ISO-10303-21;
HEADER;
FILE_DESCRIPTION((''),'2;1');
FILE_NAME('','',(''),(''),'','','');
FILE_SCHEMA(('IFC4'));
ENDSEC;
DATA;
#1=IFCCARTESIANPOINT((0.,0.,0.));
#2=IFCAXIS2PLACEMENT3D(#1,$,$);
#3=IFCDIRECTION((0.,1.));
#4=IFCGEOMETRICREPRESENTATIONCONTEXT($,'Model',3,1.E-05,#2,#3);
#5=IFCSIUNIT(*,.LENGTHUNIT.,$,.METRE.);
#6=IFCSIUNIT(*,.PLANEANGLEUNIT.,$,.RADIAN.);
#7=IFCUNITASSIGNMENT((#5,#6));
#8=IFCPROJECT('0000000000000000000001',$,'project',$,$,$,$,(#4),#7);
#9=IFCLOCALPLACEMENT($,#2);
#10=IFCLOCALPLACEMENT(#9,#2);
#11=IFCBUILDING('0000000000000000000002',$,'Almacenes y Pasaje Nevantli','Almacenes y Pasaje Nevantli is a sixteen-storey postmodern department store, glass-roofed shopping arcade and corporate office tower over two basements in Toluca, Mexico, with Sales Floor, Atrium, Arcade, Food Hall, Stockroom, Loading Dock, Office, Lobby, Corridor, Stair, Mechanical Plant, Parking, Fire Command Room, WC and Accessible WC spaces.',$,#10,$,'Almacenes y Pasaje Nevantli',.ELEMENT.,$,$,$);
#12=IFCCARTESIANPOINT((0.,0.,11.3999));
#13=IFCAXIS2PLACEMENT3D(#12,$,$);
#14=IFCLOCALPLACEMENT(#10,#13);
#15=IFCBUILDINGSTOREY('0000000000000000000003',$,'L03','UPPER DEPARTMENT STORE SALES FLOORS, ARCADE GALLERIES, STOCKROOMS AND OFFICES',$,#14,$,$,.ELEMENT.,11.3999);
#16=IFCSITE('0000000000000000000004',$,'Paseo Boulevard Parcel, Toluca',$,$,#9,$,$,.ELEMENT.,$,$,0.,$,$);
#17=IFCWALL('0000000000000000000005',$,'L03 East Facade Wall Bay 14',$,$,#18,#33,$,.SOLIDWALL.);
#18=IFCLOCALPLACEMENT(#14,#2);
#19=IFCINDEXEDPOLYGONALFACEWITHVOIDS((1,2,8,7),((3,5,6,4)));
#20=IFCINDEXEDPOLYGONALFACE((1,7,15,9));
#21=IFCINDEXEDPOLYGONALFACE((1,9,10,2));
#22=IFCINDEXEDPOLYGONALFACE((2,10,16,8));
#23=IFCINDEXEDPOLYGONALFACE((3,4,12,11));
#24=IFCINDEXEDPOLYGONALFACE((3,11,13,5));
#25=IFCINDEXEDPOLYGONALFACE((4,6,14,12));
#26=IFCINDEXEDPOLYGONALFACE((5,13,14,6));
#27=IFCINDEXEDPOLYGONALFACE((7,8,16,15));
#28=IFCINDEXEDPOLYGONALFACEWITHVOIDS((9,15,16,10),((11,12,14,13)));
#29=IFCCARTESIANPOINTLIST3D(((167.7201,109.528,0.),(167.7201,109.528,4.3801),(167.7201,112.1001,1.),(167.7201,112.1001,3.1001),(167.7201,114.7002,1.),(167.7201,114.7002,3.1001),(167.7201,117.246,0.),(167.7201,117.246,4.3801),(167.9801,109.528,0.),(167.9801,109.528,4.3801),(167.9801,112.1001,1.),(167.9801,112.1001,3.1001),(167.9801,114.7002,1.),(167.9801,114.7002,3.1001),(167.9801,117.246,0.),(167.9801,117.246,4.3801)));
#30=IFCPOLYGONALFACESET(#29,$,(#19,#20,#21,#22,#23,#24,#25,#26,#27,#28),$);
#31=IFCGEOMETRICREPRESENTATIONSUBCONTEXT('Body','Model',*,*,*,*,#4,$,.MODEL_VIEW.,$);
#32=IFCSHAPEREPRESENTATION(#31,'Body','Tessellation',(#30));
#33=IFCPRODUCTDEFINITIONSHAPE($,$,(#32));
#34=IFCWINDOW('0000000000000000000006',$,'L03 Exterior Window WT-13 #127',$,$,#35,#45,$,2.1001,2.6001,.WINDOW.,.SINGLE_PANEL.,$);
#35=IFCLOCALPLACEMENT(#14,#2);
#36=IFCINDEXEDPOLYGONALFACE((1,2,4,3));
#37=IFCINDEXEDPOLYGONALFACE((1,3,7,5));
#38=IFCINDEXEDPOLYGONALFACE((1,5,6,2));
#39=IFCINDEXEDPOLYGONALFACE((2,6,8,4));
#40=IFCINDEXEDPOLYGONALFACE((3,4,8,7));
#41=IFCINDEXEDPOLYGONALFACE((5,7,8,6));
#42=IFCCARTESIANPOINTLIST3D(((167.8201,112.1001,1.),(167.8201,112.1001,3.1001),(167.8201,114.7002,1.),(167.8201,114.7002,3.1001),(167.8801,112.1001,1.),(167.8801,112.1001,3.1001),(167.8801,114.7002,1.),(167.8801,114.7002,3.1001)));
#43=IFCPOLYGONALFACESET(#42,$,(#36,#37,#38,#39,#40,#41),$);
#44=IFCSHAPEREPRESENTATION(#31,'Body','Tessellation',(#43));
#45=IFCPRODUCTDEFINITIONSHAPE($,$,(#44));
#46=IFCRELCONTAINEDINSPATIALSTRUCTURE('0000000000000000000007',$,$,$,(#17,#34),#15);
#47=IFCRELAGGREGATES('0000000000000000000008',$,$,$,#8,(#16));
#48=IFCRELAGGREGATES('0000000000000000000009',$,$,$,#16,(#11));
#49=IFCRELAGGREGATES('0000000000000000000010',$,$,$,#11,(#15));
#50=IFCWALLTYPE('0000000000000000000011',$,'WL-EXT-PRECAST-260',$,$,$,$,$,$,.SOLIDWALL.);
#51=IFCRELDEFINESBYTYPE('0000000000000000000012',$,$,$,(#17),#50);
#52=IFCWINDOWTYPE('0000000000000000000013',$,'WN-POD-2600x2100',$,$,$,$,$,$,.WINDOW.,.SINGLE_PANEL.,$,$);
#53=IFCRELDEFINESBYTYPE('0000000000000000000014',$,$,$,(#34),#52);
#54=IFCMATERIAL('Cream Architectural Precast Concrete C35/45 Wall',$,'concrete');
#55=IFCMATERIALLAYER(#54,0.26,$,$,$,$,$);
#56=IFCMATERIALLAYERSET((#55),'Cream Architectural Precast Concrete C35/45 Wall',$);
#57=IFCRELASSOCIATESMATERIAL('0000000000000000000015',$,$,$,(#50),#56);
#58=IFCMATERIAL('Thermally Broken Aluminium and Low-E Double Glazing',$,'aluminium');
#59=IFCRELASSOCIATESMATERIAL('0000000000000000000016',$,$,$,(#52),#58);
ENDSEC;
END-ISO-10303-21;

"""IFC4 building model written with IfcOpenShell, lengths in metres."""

from ifc_helpers import new_model, si_unit, direction, frame, frame_2d, origin, place, context, subcontext, project, spatial, rectangle, extrude, material, layer, layer_set, type_object, element, fill, save


model = new_model("IFC4")

# Units and contexts
model_context = context("Model", 3, precision=1e-05, world=origin(), true_north=direction((0.0, 1.0)))
body_context = subcontext(model_context, "Body", "Model", "MODEL_VIEW")
ifc_project = project(units=[si_unit("LENGTHUNIT", "METRE"), si_unit("PLANEANGLEUNIT", "RADIAN")], contexts=[model_context])

# Site, building, storey
site_placement = place(None, origin())
site = spatial("IfcSite", under=ifc_project, at=site_placement, Name="Paseo Boulevard Parcel, Toluca", CompositionType="ELEMENT", RefElevation=0.0)
building_placement = place(site_placement, origin())
building = spatial("IfcBuilding", under=site, at=building_placement, Name="Almacenes y Pasaje Nevantli", Description="Almacenes y Pasaje Nevantli is a sixteen-storey postmodern department store, glass-roofed shopping arcade and corporate office tower over two basements in Toluca, Mexico, with Sales Floor, Atrium, Arcade, Food Hall, Stockroom, Loading Dock, Office, Lobby, Corridor, Stair, Mechanical Plant, Parking, Fire Command Room, WC and Accessible WC spaces.", LongName="Almacenes y Pasaje Nevantli", CompositionType="ELEMENT")
storey_placement = place(building_placement, frame((0.0, 0.0, 11.3999)))
storey = spatial("IfcBuildingStorey", under=building, at=storey_placement, Name="L03", Description="UPPER DEPARTMENT STORE SALES FLOORS, ARCADE GALLERIES, STOCKROOMS AND OFFICES", CompositionType="ELEMENT", Elevation=11.3999)

# Wall, opening, window
ifc_material_1 = material(Name="Cream Architectural Precast Concrete C35/45 Wall", Category="concrete")
ifc_layer_1 = layer(ifc_material_1, 0.26)
ifc_layer_set_1 = layer_set([ifc_layer_1], Name="Cream Architectural Precast Concrete C35/45 Wall")
wall_type = type_object("IfcWallType", Name="WL-EXT-PRECAST-260", PredefinedType="SOLIDWALL", material=ifc_layer_set_1)
ifc_material_2 = material(Name="Thermally Broken Aluminium and Low-E Double Glazing", Category="aluminium")
window_type = type_object("IfcWindowType", Name="WN-POD-2600x2100", PartitioningType="SINGLE_PANEL", PredefinedType="WINDOW", material=ifc_material_2)
wall_1_placement = place(storey_placement, frame((167.8501, 109.5281, 0.0), z_axis=(0.0, 0.0, 1.0), x_axis=(0.0, 1.0, 0.0)))
wall_1 = element("IfcWall", 1, at=wall_1_placement, inside=storey, type_object=wall_type, Name="L03 East Facade Wall Bay 14", PredefinedType="SOLIDWALL", context=body_context, shape_type="SweptSolid", body=[
    extrude(rectangle(XDim=7.718, YDim=0.26, at=frame_2d((3.8589, 0.0))), origin(), (0.0, 0.0, 1.0), 4.3801),
])
opening_1_placement = place(wall_1_placement, frame((2.572, 0.0, 1.0)))
opening_1 = element("IfcOpeningElement", 2, at=opening_1_placement, cuts=wall_1, PredefinedType="OPENING", context=body_context, shape_type="SweptSolid", body=[
    extrude(rectangle(XDim=2.6001, YDim=2.1001, at=frame_2d((1.3, 1.05))), frame((0.0, 0.1399, 0.0), z_axis=(0.0, -1.0, 0.0), x_axis=(1.0, 0.0, 0.0)), (0.0, 0.0, 1.0), 0.28),
])
window_1_placement = place(opening_1_placement, origin())
window_1 = element("IfcWindow", 3, at=window_1_placement, inside=storey, type_object=window_type, Name="L03 Exterior Window WT-13 #127", OverallHeight=2.1001, OverallWidth=2.6001, PartitioningType="SINGLE_PANEL", PredefinedType="WINDOW", context=body_context, shape_type="SweptSolid", body=[
    extrude(rectangle(XDim=2.6001, YDim=2.1001, at=frame_2d((1.3, 1.05))), frame((0.0, 0.03, 0.0), z_axis=(0.0, -1.0, 0.0), x_axis=(1.0, 0.0, 0.0)), (0.0, 0.0, 1.0), 0.0601),
])
fill(opening_1, window_1)

save(model, "model.ifc")
